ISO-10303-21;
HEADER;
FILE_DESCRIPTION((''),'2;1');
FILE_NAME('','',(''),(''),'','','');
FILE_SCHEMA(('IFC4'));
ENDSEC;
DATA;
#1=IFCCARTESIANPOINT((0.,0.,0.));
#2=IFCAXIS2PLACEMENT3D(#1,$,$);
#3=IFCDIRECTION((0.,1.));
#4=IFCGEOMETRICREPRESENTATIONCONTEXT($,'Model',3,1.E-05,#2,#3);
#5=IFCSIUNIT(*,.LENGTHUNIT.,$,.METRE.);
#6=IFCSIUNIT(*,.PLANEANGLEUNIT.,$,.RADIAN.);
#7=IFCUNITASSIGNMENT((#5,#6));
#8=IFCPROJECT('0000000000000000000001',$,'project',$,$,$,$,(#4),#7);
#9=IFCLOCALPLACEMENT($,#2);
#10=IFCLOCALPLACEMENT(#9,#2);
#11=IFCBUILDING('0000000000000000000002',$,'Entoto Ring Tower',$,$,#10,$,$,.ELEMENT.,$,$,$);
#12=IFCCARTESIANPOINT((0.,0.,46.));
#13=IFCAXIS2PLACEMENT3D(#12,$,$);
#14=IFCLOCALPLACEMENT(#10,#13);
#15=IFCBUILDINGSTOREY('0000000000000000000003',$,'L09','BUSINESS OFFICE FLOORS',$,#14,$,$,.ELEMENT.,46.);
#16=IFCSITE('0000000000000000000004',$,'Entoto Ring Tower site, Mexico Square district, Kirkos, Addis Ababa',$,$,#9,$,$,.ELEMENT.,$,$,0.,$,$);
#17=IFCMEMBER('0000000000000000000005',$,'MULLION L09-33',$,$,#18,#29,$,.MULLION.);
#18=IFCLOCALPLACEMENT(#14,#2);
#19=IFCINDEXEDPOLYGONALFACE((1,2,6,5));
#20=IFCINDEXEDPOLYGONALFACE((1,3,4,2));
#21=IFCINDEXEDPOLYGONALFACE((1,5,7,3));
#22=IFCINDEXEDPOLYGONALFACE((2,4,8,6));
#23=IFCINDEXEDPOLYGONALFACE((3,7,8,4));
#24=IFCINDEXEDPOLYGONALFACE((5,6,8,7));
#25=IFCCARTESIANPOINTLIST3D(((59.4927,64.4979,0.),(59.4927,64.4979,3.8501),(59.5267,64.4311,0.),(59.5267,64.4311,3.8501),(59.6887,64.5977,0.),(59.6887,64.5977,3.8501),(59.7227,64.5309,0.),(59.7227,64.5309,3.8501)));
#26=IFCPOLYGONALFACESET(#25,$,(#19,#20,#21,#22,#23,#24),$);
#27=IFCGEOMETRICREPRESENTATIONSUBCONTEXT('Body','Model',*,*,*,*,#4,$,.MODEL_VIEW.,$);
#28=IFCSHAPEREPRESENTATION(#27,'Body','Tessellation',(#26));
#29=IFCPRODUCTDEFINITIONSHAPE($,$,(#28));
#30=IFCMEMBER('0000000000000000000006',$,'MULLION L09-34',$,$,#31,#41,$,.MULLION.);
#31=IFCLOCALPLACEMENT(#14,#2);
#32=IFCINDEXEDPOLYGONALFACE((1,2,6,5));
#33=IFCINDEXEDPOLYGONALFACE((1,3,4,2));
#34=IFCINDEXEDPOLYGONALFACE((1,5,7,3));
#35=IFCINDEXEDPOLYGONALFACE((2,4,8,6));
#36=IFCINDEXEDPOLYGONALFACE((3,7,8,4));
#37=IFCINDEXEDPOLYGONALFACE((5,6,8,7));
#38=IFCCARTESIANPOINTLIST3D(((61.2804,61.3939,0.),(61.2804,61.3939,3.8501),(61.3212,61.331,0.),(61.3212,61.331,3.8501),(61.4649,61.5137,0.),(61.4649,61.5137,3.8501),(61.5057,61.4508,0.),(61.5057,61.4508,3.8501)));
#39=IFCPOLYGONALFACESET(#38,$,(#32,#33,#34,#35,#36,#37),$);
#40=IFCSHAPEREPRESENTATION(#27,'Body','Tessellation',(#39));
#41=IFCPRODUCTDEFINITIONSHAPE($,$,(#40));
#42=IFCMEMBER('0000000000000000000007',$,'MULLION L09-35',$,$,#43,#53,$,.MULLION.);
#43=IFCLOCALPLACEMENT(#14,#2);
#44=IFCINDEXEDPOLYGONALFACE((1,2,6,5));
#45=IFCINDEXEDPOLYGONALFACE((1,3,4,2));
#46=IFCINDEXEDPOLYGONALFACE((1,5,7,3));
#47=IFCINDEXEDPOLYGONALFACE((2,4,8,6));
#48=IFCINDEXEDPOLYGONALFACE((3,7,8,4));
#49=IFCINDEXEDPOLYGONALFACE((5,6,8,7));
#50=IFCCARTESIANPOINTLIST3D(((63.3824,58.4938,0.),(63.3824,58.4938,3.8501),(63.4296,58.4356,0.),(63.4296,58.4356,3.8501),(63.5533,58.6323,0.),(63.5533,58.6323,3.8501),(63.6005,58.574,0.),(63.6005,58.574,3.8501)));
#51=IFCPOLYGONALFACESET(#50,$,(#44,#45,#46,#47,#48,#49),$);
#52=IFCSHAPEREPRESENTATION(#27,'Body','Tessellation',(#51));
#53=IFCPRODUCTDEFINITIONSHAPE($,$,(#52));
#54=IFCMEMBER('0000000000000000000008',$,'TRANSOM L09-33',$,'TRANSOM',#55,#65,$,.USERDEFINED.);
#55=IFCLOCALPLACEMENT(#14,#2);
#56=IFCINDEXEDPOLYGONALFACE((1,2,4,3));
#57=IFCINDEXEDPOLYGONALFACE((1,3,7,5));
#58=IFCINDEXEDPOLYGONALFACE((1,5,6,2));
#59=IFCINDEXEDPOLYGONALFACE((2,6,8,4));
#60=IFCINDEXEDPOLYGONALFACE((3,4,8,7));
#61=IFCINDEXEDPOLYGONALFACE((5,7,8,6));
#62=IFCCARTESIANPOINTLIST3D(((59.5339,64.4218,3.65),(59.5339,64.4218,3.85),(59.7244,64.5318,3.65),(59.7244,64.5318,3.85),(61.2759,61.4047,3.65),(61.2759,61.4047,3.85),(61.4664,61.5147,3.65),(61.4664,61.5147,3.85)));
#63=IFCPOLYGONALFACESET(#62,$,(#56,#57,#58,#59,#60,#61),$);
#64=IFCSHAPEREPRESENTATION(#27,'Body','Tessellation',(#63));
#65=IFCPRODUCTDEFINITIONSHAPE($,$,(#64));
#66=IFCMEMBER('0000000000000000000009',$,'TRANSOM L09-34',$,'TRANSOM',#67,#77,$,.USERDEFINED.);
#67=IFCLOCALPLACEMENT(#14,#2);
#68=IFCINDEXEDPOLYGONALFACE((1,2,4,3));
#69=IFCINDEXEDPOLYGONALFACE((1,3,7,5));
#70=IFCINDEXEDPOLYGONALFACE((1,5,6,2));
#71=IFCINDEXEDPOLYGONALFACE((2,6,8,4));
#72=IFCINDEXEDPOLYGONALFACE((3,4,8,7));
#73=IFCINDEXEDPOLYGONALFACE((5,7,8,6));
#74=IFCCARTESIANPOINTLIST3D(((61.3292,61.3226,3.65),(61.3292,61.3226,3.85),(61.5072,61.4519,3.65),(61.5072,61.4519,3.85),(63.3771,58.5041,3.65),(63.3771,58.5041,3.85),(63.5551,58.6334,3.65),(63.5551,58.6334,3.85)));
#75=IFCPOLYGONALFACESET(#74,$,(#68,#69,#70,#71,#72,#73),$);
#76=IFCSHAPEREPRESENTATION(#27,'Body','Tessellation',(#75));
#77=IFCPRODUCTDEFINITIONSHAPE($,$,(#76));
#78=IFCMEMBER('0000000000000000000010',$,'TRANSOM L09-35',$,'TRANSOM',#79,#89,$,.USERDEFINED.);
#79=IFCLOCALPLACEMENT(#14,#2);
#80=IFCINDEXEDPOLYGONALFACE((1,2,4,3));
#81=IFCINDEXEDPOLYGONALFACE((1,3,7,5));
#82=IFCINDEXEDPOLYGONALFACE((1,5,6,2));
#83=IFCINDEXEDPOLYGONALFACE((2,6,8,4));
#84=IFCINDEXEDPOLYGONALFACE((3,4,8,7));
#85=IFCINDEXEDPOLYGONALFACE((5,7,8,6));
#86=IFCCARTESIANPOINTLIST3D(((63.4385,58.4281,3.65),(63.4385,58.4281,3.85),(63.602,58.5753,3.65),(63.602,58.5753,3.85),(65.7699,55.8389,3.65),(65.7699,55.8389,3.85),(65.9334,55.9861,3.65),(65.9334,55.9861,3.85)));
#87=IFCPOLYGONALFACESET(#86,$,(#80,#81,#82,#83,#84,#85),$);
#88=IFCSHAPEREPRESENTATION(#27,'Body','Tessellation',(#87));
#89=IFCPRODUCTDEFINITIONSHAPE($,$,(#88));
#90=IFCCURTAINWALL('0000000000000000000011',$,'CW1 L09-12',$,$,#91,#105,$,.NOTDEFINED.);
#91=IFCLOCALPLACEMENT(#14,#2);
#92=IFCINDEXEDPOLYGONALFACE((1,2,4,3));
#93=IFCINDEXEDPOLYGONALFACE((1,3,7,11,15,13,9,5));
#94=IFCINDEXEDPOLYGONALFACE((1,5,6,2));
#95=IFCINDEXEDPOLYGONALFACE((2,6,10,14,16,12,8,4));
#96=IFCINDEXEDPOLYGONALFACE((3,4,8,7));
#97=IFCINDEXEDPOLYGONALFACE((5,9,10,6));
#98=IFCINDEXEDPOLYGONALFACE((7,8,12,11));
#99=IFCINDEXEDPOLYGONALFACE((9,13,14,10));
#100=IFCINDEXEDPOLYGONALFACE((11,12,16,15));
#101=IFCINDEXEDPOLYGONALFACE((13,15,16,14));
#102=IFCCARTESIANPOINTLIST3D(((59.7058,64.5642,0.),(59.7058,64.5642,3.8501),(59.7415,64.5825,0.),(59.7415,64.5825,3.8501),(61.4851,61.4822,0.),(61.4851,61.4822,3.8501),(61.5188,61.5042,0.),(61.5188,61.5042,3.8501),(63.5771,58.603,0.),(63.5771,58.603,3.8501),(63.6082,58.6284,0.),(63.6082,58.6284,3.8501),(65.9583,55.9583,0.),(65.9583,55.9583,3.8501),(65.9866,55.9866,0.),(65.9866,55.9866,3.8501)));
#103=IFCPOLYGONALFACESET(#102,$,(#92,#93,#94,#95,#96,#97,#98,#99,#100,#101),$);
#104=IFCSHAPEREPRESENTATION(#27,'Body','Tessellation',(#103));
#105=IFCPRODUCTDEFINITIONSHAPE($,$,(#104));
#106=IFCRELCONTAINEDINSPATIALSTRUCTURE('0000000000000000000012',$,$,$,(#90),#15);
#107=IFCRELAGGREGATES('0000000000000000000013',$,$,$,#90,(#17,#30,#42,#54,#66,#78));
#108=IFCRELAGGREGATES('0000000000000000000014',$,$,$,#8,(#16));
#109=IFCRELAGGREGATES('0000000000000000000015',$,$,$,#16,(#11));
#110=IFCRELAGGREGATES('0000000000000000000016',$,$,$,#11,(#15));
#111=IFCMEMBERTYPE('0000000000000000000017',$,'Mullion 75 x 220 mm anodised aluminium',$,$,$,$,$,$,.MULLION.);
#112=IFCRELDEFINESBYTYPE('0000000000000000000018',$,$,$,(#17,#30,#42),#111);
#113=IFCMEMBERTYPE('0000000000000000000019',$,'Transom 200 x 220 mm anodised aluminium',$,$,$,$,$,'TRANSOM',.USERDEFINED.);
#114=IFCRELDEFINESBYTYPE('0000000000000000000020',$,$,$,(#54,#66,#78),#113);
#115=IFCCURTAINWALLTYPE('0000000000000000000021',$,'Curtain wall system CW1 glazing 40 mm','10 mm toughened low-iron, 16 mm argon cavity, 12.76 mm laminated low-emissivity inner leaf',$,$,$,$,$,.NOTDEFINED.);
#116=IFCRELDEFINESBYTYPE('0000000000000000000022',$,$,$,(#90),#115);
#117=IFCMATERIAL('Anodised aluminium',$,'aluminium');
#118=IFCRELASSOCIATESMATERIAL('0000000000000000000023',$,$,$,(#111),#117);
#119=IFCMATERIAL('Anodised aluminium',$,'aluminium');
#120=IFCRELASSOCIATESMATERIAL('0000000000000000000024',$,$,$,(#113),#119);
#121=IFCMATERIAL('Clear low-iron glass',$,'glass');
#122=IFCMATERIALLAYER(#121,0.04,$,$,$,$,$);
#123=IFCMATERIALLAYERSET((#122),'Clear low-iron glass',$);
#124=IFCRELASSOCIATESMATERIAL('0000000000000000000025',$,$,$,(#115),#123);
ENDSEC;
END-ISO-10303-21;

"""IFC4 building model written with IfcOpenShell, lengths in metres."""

from ifc_helpers import new_model, si_unit, direction, frame, origin, origin_2d, place, context, subcontext, project, spatial, polyline, rectangle, outline, extrude, material, layer, layer_set, material_profile, profile_set, type_object, element, aggregate, save


model = new_model("IFC4")

# Units and contexts
model_context = context("Model", 3, precision=1e-05, world=origin(), true_north=direction((0.0, 1.0)))
body_context = subcontext(model_context, "Body", "Model", "MODEL_VIEW")
ifc_project = project(units=[si_unit("LENGTHUNIT", "METRE"), si_unit("PLANEANGLEUNIT", "RADIAN")], contexts=[model_context])

# Members
ifc_material_1 = material(Name="Anodised aluminium", Category="aluminium")
ifc_material_profile_1 = material_profile(ifc_material_1, rectangle(XDim=0.075, YDim=0.22, at=origin_2d()), Name="Mullion 75 x 220 mm anodised aluminium")
ifc_profile_set_1 = profile_set([ifc_material_profile_1], Name="Anodised aluminium")
member_type_1 = type_object("IfcMemberType", Name="Mullion 75 x 220 mm anodised aluminium", PredefinedType="MULLION", material=ifc_profile_set_1)
site_placement = place(None, origin())
building_placement = place(site_placement, origin())
storey_placement = place(building_placement, frame((0.0, 0.0, 46.0)))
member_1_placement = place(storey_placement, frame((59.6077, 64.5144, 0.0), z_axis=(0.0, 0.0, 1.0), x_axis=(0.45399, -0.891007, 0.0)))
member_1 = element("IfcMember", 1, at=member_1_placement, type_object=member_type_1, Name="MULLION L09-33", PredefinedType="MULLION", context=body_context, shape_type="SweptSolid", body=[
    extrude(rectangle(XDim=0.075, YDim=0.22, at=origin_2d()), origin(), (0.0, 0.0, 1.0), 3.8501),
])
member_2_placement = place(storey_placement, frame((61.3931, 61.4224, 0.0), z_axis=(0.0, 0.0, 1.0), x_axis=(0.544639, -0.838671, 0.0)))
member_2 = element("IfcMember", 2, at=member_2_placement, type_object=member_type_1, Name="MULLION L09-34", PredefinedType="MULLION", context=body_context, shape_type="SweptSolid", body=[
    extrude(rectangle(XDim=0.075, YDim=0.22, at=origin_2d()), origin(), (0.0, 0.0, 1.0), 3.8501),
])
member_3_placement = place(storey_placement, frame((63.4915, 58.5339, 0.0), z_axis=(0.0, 0.0, 1.0), x_axis=(0.62932, -0.777146, 0.0)))
member_3 = element("IfcMember", 3, at=member_3_placement, type_object=member_type_1, Name="MULLION L09-35", PredefinedType="MULLION", context=body_context, shape_type="SweptSolid", body=[
    extrude(rectangle(XDim=0.075, YDim=0.22, at=origin_2d()), origin(), (0.0, 0.0, 1.0), 3.8501),
])
ifc_material_2 = material(Name="Anodised aluminium", Category="aluminium")
ifc_material_profile_2 = material_profile(ifc_material_2, rectangle(XDim=0.22, YDim=0.2, at=origin_2d()), Name="Transom 200 x 220 mm anodised aluminium")
ifc_profile_set_2 = profile_set([ifc_material_profile_2], Name="Anodised aluminium")
member_type_2 = type_object("IfcMemberType", Name="Transom 200 x 220 mm anodised aluminium", ElementType="TRANSOM", PredefinedType="USERDEFINED", material=ifc_profile_set_2)
member_4_placement = place(storey_placement, frame((59.6292, 64.4768, 3.75), z_axis=(0.500006, -0.866022, 0.0), x_axis=(0.866022, 0.500006, 0.0)))
member_4 = element("IfcMember", 4, at=member_4_placement, type_object=member_type_2, Name="TRANSOM L09-33", ObjectType="TRANSOM", PredefinedType="USERDEFINED", context=body_context, shape_type="SweptSolid", body=[
    extrude(rectangle(XDim=0.22, YDim=0.2, at=origin_2d()), origin(), (0.0, 0.0, 1.0), 3.4839),
])
member_5_placement = place(storey_placement, frame((61.4182, 61.3872, 3.75), z_axis=(0.587822, -0.808991, 0.0), x_axis=(0.808991, 0.587822, 0.0)))
member_5 = element("IfcMember", 5, at=member_5_placement, type_object=member_type_2, Name="TRANSOM L09-34", ObjectType="TRANSOM", PredefinedType="USERDEFINED", context=body_context, shape_type="SweptSolid", body=[
    extrude(rectangle(XDim=0.22, YDim=0.2, at=origin_2d()), origin(), (0.0, 0.0, 1.0), 3.4839),
])
member_6_placement = place(storey_placement, frame((63.5203, 58.5017, 3.75), z_axis=(0.669139, -0.743137, 0.0), x_axis=(0.743137, 0.669139, 0.0)))
member_6 = element("IfcMember", 6, at=member_6_placement, type_object=member_type_2, Name="TRANSOM L09-35", ObjectType="TRANSOM", PredefinedType="USERDEFINED", context=body_context, shape_type="SweptSolid", body=[
    extrude(rectangle(XDim=0.22, YDim=0.2, at=origin_2d()), origin(), (0.0, 0.0, 1.0), 3.4841),
])

# Site, building, storey
site = spatial("IfcSite", under=ifc_project, at=site_placement, Name="Entoto Ring Tower site, Mexico Square district, Kirkos, Addis Ababa", CompositionType="ELEMENT", RefElevation=0.0)
building = spatial("IfcBuilding", under=site, at=building_placement, Name="Entoto Ring Tower", CompositionType="ELEMENT")
storey = spatial("IfcBuildingStorey", under=building, at=storey_placement, Name="L09", Description="BUSINESS OFFICE FLOORS", CompositionType="ELEMENT", Elevation=46.0)

# Curtain wall
ifc_material_3 = material(Name="Clear low-iron glass", Category="glass")
ifc_layer = layer(ifc_material_3, 0.04)
ifc_layer_set = layer_set([ifc_layer], Name="Clear low-iron glass")
curtain_wall_type = type_object("IfcCurtainWallType", Name="Curtain wall system CW1 glazing 40 mm", Description="10 mm toughened low-iron, 16 mm argon cavity, 12.76 mm laminated low-emissivity inner leaf", PredefinedType="NOTDEFINED", material=ifc_layer_set)
curtain_wall_1_placement = place(storey_placement, origin())
curtain_wall_1 = element("IfcCurtainWall", 7, at=curtain_wall_1_placement, inside=storey, type_object=curtain_wall_type, Name="CW1 L09-12", PredefinedType="NOTDEFINED", context=body_context, shape_type="SweptSolid", body=[
    extrude(outline(polyline([(59.7058, 64.5642), (61.4851, 61.4822), (63.5771, 58.603), (65.9583, 55.9583), (65.9866, 55.9866), (63.6082, 58.6284), (61.5188, 61.5042), (59.7415, 64.5825), (59.7058, 64.5642)])), origin(), (0.0, 0.0, 1.0), 3.8501),
])
aggregate(curtain_wall_1, [member_1, member_2, member_3, member_4, member_5, member_6])

save(model, "model.ifc")
